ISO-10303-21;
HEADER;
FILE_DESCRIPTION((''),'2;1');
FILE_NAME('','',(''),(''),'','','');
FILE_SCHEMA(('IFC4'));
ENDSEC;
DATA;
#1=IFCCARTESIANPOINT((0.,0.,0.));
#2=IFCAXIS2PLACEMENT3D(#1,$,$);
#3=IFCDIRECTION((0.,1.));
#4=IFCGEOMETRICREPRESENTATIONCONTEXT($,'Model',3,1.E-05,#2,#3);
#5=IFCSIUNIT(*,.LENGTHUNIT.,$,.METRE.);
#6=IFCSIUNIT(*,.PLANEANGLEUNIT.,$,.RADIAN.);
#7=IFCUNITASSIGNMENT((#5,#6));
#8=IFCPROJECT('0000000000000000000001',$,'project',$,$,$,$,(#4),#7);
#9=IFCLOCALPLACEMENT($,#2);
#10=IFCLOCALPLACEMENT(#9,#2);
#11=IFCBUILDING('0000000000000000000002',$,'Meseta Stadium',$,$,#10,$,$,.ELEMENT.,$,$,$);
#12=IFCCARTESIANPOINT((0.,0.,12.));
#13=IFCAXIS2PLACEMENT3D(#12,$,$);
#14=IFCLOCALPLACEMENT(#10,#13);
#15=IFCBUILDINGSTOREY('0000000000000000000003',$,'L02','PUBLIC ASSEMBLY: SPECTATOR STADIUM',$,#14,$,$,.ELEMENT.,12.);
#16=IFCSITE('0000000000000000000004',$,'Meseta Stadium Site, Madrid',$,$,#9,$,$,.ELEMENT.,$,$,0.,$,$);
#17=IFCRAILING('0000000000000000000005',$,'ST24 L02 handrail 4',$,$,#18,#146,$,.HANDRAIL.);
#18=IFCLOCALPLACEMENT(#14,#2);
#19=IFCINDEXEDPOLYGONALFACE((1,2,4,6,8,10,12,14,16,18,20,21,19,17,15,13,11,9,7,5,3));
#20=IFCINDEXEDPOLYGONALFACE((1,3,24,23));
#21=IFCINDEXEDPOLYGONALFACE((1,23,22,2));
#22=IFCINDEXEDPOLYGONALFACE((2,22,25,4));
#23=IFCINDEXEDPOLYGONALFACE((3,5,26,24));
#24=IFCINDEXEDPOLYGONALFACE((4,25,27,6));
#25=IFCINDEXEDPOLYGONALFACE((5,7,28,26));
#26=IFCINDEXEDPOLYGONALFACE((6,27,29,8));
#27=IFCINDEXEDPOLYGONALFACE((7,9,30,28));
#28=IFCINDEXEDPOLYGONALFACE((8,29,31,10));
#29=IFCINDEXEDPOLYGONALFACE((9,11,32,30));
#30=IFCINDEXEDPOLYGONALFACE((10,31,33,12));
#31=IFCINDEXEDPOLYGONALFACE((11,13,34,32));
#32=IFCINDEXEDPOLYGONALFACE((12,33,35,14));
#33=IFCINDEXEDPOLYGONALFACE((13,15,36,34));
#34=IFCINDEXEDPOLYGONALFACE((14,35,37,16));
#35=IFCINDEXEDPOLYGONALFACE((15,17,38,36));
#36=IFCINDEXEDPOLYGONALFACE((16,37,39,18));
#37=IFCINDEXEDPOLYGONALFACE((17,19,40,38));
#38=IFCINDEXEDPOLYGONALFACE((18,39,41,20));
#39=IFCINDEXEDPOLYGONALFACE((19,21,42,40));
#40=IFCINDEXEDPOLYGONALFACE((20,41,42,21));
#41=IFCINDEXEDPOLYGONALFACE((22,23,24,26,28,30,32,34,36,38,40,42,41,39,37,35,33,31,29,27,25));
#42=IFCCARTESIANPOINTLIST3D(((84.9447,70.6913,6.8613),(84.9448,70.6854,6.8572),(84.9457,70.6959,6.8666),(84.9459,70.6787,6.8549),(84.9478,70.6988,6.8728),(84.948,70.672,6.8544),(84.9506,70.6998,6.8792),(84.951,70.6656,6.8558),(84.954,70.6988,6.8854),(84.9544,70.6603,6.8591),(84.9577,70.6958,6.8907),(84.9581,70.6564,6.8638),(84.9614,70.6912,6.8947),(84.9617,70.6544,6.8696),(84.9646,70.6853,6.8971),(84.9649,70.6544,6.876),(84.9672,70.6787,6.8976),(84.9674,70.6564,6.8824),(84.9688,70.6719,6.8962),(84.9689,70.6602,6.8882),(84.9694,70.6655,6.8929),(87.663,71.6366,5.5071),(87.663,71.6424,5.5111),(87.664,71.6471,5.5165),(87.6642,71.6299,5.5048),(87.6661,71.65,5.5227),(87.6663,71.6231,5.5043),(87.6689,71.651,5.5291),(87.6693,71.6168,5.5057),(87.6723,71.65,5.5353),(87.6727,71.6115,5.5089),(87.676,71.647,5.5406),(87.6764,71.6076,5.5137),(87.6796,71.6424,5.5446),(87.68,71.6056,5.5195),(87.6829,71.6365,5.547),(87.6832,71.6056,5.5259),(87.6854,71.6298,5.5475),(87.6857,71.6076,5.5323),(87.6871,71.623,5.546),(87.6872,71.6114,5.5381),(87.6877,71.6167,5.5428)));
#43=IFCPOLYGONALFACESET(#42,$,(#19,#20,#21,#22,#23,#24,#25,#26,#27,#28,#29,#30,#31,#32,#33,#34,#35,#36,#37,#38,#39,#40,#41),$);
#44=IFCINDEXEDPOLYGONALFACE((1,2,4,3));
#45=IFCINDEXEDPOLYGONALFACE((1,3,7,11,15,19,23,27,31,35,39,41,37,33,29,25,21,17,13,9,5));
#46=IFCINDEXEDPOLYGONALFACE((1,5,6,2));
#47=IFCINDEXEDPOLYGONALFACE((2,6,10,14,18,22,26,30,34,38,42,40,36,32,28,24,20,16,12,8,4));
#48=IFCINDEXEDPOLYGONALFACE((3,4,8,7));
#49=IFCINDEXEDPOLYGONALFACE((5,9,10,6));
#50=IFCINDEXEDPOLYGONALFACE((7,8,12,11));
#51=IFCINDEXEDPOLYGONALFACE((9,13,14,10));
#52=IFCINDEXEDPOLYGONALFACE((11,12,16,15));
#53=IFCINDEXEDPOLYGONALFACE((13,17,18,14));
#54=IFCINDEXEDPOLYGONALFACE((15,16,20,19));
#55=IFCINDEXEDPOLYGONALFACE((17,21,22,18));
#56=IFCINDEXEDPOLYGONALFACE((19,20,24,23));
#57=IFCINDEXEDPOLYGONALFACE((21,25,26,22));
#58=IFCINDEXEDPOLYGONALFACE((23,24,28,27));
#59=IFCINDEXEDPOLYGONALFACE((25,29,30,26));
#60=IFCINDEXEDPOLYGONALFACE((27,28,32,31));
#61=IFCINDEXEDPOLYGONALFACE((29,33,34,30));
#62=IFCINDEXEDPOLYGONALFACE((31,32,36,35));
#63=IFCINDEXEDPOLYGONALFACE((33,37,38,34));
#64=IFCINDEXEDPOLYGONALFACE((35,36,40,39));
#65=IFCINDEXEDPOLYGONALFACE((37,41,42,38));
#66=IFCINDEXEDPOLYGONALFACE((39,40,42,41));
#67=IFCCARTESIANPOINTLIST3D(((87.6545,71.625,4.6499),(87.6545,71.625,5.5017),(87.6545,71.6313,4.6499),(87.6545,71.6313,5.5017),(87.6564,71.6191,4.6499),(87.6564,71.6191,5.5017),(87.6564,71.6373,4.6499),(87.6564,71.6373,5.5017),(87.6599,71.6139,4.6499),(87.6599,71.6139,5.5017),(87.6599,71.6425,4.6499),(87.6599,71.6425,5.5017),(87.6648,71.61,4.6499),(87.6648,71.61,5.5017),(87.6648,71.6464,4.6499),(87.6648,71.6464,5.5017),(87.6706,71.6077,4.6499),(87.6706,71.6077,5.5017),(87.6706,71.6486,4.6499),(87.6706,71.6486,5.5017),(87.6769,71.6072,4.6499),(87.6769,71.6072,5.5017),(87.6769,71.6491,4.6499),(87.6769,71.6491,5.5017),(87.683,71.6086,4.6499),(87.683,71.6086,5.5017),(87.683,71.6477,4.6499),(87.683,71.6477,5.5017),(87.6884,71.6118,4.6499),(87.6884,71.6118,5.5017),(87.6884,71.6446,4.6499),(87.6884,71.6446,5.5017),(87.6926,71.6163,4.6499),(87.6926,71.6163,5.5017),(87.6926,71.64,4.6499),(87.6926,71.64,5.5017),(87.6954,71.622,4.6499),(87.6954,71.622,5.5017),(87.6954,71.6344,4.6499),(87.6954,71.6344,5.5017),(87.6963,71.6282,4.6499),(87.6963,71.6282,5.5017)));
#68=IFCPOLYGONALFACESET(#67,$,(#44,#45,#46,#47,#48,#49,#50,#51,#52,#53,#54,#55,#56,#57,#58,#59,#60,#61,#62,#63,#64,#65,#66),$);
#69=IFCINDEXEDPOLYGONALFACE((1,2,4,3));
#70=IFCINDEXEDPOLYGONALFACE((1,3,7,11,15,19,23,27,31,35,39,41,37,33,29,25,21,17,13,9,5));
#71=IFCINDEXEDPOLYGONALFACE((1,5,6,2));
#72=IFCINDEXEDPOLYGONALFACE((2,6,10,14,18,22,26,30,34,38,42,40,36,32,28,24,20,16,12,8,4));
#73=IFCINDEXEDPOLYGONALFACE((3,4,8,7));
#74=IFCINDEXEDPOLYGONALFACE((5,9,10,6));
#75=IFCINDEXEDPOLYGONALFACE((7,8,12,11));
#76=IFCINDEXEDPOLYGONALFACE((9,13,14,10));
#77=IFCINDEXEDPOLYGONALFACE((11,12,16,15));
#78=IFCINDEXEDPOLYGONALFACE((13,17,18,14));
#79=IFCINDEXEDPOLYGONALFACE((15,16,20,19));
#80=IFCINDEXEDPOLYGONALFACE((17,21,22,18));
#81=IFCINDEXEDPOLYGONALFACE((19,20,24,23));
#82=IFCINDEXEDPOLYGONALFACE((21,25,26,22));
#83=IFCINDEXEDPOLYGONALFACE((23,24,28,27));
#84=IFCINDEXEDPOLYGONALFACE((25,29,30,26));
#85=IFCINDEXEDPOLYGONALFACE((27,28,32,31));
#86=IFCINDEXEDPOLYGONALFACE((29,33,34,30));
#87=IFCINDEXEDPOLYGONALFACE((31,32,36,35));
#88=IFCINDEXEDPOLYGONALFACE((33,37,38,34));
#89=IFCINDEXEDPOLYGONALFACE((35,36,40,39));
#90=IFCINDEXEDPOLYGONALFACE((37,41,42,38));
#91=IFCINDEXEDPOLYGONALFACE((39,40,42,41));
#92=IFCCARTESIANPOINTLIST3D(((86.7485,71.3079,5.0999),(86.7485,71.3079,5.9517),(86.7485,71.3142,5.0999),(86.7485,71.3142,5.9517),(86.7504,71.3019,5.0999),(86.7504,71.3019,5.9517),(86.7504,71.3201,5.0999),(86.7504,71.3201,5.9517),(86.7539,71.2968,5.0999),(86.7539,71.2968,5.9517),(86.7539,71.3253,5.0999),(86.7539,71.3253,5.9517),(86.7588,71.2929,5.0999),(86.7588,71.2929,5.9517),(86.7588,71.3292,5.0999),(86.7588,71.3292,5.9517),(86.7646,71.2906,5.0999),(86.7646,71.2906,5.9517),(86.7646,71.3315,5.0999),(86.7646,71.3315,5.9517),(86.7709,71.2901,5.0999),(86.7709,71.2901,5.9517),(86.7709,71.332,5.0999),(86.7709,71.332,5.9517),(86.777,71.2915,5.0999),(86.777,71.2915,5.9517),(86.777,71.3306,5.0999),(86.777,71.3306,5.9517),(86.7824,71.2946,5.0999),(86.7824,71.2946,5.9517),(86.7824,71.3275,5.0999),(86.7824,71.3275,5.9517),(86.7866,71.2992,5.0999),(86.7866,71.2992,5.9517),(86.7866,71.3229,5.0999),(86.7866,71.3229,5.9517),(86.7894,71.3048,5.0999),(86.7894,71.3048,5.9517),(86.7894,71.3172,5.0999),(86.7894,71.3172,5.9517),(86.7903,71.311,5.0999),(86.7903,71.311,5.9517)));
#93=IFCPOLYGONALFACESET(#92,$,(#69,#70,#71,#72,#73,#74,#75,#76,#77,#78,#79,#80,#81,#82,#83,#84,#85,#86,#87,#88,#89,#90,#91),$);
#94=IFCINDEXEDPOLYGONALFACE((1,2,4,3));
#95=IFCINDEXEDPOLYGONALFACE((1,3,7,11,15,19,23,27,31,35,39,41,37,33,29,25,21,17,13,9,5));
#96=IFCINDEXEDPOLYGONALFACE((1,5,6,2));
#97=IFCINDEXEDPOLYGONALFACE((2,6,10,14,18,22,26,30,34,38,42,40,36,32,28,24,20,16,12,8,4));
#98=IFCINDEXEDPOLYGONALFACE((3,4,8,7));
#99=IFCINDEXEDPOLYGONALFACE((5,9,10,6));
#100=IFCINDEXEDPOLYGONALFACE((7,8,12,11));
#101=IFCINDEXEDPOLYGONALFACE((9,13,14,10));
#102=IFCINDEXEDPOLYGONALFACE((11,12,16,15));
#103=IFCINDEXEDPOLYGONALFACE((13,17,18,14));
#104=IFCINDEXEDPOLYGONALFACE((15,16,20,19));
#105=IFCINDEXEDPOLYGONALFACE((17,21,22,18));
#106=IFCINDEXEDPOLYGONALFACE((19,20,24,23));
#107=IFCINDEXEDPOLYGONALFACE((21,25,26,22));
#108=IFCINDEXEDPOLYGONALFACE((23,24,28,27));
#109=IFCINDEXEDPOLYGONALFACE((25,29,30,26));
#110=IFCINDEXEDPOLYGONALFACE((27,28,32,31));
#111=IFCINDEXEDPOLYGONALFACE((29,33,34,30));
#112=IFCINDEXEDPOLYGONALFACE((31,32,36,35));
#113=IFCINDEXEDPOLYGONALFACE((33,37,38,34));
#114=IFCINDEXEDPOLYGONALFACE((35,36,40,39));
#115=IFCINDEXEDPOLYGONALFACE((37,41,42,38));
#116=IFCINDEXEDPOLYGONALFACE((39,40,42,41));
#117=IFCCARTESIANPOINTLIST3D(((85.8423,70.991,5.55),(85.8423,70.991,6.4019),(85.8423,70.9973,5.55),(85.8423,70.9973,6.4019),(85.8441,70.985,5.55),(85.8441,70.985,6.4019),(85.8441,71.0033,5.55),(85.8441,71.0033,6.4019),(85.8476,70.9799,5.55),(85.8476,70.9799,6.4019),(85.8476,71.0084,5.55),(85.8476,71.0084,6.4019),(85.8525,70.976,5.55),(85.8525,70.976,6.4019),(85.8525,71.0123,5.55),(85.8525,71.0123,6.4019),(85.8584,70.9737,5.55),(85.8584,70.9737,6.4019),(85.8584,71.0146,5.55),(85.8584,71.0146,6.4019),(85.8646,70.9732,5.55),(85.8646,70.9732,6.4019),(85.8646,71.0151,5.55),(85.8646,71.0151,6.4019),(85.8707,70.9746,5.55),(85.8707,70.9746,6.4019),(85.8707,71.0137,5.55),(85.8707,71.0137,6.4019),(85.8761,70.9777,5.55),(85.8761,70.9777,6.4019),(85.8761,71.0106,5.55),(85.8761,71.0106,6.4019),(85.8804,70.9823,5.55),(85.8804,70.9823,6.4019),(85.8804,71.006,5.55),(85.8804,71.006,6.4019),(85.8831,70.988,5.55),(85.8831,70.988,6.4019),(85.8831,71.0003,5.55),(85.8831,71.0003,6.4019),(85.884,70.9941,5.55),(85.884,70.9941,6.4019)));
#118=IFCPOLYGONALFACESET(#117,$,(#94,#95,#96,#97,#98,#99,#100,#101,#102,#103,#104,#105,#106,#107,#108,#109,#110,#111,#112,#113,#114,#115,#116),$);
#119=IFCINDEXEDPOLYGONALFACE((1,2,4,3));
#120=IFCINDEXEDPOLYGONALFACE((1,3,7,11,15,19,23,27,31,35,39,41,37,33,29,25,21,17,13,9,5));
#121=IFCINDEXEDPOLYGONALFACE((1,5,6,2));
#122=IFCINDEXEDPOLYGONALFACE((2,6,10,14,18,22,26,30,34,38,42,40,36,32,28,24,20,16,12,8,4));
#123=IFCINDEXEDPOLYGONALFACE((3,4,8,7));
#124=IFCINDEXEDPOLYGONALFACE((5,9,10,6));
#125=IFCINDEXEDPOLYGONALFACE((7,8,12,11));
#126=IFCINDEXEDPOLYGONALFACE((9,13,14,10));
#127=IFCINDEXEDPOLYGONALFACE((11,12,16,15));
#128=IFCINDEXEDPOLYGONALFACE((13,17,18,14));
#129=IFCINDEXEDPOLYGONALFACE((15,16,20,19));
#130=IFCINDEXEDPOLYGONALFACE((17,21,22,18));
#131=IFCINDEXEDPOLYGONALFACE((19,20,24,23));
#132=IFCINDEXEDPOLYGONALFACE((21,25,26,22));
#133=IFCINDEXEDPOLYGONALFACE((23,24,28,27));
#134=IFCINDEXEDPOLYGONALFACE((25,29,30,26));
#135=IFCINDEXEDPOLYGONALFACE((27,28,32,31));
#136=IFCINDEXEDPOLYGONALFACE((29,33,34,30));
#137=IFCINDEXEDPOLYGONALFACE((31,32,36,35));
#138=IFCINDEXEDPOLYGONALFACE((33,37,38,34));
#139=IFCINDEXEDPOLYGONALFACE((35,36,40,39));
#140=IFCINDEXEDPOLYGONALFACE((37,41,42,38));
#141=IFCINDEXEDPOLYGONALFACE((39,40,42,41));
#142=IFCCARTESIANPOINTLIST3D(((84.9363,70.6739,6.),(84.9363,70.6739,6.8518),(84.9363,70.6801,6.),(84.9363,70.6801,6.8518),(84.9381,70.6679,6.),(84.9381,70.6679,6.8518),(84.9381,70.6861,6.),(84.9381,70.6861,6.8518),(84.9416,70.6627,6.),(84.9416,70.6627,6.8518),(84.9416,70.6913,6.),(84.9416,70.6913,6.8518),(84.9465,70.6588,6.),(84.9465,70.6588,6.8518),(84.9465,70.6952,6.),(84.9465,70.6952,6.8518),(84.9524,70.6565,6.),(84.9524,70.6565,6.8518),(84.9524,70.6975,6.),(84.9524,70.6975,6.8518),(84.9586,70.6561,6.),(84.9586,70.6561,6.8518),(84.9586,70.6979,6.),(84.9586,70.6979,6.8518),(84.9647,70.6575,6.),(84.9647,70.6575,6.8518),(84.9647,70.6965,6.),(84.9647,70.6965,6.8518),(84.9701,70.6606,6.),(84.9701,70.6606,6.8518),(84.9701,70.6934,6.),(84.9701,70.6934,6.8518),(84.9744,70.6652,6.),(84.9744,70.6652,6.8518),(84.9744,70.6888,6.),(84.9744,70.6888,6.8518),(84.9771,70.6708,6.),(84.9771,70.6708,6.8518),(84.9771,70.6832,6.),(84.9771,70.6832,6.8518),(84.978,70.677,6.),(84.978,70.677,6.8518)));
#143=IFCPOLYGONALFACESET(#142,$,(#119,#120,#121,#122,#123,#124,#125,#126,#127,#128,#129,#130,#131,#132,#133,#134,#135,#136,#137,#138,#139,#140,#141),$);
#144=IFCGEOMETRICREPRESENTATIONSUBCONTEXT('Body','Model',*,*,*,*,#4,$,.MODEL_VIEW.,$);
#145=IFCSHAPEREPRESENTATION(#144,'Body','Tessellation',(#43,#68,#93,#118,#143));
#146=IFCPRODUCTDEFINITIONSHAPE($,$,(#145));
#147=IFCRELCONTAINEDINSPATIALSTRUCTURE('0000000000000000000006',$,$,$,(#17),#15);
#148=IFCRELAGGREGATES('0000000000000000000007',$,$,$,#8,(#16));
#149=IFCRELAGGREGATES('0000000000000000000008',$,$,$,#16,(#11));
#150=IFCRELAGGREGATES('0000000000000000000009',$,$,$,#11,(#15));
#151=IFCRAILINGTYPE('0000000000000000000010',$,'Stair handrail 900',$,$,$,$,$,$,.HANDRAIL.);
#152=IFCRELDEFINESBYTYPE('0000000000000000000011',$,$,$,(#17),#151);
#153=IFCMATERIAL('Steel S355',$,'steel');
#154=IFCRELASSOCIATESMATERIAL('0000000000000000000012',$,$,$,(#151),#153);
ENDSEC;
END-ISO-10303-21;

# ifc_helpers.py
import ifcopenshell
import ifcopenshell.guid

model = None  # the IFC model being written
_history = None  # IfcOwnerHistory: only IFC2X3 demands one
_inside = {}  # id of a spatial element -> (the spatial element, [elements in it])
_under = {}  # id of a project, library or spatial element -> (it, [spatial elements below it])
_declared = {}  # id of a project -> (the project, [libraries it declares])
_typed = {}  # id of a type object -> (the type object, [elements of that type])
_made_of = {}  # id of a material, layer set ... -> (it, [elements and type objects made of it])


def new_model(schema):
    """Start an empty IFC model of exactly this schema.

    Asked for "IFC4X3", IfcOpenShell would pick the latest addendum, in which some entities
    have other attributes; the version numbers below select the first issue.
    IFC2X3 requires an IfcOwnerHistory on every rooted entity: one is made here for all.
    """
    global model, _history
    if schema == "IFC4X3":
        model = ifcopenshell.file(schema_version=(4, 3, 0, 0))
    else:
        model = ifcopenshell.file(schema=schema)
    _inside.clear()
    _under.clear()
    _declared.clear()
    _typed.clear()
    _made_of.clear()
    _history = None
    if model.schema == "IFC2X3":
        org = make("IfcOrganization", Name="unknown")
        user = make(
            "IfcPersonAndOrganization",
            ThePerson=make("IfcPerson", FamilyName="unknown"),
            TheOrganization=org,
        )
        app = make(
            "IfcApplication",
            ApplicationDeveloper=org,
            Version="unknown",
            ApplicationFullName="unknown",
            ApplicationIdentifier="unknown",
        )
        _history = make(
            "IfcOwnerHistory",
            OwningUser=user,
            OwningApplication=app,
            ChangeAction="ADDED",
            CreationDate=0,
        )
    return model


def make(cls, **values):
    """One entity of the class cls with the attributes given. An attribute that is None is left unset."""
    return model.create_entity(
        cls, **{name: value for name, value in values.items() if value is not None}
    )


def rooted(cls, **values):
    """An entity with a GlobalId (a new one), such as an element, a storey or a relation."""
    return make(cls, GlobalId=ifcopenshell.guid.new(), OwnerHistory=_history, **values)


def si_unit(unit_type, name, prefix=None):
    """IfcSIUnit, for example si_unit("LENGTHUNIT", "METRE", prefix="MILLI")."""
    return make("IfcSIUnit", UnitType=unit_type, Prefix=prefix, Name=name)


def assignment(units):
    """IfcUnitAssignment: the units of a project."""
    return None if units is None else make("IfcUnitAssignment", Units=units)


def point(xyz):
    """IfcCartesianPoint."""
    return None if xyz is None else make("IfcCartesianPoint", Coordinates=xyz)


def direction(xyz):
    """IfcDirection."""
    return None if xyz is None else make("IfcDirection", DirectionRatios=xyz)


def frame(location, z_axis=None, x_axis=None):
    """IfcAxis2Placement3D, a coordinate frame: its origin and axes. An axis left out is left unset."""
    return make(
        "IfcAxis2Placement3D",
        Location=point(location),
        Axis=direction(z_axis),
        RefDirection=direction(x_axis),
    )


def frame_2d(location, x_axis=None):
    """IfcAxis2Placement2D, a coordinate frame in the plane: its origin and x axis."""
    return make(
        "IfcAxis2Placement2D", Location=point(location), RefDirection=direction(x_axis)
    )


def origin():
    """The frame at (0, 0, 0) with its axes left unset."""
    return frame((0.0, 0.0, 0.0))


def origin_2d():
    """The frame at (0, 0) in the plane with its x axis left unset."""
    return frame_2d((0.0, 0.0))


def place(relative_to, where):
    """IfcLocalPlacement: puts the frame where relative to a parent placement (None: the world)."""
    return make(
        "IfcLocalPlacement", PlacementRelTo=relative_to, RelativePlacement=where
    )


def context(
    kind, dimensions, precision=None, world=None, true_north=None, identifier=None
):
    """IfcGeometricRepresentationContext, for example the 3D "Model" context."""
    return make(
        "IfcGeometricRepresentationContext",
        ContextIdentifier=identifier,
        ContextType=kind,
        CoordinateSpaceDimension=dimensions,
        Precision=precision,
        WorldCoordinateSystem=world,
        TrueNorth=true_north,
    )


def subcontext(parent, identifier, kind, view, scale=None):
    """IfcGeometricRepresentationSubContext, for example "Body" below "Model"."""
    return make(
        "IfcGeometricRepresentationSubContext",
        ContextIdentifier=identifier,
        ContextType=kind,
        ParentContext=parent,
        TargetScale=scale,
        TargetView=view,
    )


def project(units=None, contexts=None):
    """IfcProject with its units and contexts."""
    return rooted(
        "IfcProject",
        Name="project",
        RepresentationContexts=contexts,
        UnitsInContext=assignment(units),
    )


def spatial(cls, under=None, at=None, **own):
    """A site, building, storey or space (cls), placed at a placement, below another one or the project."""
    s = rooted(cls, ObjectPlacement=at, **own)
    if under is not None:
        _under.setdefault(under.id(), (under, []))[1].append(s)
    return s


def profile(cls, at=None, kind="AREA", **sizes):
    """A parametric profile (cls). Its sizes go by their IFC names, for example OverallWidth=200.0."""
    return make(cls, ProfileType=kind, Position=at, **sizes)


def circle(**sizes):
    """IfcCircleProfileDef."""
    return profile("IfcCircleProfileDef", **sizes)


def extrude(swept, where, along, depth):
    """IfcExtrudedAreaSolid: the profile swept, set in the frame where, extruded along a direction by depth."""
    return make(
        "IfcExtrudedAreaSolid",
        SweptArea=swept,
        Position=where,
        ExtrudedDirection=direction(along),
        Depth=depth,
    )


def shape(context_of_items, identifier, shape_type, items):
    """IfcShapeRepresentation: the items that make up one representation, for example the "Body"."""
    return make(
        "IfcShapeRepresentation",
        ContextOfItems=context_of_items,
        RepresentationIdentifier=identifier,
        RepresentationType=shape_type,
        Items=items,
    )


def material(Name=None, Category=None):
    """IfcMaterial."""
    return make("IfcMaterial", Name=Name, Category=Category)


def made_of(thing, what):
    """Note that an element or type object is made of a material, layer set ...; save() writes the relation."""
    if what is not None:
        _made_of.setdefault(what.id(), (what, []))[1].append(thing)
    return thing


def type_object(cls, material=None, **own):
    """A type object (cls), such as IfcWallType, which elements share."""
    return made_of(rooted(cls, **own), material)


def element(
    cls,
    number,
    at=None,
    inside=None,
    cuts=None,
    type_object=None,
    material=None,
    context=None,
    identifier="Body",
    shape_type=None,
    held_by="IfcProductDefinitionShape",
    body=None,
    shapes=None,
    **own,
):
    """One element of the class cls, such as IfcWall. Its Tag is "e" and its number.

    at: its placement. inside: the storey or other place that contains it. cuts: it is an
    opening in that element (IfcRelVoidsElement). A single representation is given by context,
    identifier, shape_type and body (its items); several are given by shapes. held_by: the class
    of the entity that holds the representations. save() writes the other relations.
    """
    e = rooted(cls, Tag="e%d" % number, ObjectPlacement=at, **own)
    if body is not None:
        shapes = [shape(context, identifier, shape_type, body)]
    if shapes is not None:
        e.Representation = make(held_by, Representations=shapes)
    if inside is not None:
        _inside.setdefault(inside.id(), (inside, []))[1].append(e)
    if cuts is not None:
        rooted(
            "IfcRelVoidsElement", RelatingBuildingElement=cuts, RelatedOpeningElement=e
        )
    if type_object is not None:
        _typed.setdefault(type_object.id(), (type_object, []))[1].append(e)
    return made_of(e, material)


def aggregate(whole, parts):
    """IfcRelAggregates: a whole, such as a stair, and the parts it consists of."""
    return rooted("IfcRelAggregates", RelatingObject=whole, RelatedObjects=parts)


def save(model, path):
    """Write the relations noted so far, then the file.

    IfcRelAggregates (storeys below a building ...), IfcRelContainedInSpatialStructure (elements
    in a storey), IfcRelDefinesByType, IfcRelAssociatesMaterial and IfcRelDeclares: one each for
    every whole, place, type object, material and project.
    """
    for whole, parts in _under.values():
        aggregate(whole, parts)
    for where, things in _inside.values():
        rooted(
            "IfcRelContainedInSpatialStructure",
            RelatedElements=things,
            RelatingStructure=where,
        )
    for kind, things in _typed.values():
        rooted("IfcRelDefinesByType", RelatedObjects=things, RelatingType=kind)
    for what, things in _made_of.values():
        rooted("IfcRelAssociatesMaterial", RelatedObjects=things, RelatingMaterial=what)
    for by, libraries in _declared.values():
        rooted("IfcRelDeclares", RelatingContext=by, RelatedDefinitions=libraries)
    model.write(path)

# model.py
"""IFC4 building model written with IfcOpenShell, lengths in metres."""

from ifc_helpers import new_model, si_unit, direction, frame, origin, origin_2d, place, context, subcontext, project, spatial, circle, extrude, material, type_object, element, save


model = new_model("IFC4")

# Units and contexts
model_context = context("Model", 3, precision=1e-05, world=origin(), true_north=direction((0.0, 1.0)))
body_context = subcontext(model_context, "Body", "Model", "MODEL_VIEW")
ifc_project = project(units=[si_unit("LENGTHUNIT", "METRE"), si_unit("PLANEANGLEUNIT", "RADIAN")], contexts=[model_context])

# Site, building, storey
site_placement = place(None, origin())
site = spatial("IfcSite", under=ifc_project, at=site_placement, Name="Meseta Stadium Site, Madrid", CompositionType="ELEMENT", RefElevation=0.0)
building_placement = place(site_placement, origin())
building = spatial("IfcBuilding", under=site, at=building_placement, Name="Meseta Stadium", CompositionType="ELEMENT")
storey_placement = place(building_placement, frame((0.0, 0.0, 12.0)))
storey = spatial("IfcBuildingStorey", under=building, at=storey_placement, Name="L02", Description="PUBLIC ASSEMBLY: SPECTATOR STADIUM", CompositionType="ELEMENT", Elevation=12.0)

# Railing
ifc_material_1 = material(Name="Steel S355", Category="steel")
railing_type_1 = type_object("IfcRailingType", Name="Stair handrail 900", PredefinedType="HANDRAIL", material=ifc_material_1)
for number, where, name in (
    (1, (87.6753, 71.6282, 4.6499), "ST24 L02 handrail 4"),
):
    element("IfcRailing", number, at=place(storey_placement, frame(where)), inside=storey, type_object=railing_type_1, Name=name, PredefinedType="HANDRAIL", context=body_context, shape_type="SweptSolid", body=[
        extrude(circle(Radius=0.0239, at=origin_2d()), frame((0.0, 0.0, 0.876), z_axis=(-0.854629, -0.299051, 0.424474), x_axis=(0.330282, -0.943882, 0.0)), (0.0, 0.0, 1.0), 3.1807),
        extrude(circle(Radius=0.021, at=origin_2d()), origin(), (0.0, 0.0, 1.0), 0.8518),
        extrude(circle(Radius=0.021, at=origin_2d()), frame((-0.906, -0.3171, 0.45)), (0.0, 0.0, 1.0), 0.8518),
        extrude(circle(Radius=0.021, at=origin_2d()), frame((-1.8123, -0.634, 0.9001)), (0.0, 0.0, 1.0), 0.8518),
        extrude(circle(Radius=0.021, at=origin_2d()), frame((-2.7183, -0.9512, 1.3501)), (0.0, 0.0, 1.0), 0.8518),
    ])

save(model, "model.ifc")
